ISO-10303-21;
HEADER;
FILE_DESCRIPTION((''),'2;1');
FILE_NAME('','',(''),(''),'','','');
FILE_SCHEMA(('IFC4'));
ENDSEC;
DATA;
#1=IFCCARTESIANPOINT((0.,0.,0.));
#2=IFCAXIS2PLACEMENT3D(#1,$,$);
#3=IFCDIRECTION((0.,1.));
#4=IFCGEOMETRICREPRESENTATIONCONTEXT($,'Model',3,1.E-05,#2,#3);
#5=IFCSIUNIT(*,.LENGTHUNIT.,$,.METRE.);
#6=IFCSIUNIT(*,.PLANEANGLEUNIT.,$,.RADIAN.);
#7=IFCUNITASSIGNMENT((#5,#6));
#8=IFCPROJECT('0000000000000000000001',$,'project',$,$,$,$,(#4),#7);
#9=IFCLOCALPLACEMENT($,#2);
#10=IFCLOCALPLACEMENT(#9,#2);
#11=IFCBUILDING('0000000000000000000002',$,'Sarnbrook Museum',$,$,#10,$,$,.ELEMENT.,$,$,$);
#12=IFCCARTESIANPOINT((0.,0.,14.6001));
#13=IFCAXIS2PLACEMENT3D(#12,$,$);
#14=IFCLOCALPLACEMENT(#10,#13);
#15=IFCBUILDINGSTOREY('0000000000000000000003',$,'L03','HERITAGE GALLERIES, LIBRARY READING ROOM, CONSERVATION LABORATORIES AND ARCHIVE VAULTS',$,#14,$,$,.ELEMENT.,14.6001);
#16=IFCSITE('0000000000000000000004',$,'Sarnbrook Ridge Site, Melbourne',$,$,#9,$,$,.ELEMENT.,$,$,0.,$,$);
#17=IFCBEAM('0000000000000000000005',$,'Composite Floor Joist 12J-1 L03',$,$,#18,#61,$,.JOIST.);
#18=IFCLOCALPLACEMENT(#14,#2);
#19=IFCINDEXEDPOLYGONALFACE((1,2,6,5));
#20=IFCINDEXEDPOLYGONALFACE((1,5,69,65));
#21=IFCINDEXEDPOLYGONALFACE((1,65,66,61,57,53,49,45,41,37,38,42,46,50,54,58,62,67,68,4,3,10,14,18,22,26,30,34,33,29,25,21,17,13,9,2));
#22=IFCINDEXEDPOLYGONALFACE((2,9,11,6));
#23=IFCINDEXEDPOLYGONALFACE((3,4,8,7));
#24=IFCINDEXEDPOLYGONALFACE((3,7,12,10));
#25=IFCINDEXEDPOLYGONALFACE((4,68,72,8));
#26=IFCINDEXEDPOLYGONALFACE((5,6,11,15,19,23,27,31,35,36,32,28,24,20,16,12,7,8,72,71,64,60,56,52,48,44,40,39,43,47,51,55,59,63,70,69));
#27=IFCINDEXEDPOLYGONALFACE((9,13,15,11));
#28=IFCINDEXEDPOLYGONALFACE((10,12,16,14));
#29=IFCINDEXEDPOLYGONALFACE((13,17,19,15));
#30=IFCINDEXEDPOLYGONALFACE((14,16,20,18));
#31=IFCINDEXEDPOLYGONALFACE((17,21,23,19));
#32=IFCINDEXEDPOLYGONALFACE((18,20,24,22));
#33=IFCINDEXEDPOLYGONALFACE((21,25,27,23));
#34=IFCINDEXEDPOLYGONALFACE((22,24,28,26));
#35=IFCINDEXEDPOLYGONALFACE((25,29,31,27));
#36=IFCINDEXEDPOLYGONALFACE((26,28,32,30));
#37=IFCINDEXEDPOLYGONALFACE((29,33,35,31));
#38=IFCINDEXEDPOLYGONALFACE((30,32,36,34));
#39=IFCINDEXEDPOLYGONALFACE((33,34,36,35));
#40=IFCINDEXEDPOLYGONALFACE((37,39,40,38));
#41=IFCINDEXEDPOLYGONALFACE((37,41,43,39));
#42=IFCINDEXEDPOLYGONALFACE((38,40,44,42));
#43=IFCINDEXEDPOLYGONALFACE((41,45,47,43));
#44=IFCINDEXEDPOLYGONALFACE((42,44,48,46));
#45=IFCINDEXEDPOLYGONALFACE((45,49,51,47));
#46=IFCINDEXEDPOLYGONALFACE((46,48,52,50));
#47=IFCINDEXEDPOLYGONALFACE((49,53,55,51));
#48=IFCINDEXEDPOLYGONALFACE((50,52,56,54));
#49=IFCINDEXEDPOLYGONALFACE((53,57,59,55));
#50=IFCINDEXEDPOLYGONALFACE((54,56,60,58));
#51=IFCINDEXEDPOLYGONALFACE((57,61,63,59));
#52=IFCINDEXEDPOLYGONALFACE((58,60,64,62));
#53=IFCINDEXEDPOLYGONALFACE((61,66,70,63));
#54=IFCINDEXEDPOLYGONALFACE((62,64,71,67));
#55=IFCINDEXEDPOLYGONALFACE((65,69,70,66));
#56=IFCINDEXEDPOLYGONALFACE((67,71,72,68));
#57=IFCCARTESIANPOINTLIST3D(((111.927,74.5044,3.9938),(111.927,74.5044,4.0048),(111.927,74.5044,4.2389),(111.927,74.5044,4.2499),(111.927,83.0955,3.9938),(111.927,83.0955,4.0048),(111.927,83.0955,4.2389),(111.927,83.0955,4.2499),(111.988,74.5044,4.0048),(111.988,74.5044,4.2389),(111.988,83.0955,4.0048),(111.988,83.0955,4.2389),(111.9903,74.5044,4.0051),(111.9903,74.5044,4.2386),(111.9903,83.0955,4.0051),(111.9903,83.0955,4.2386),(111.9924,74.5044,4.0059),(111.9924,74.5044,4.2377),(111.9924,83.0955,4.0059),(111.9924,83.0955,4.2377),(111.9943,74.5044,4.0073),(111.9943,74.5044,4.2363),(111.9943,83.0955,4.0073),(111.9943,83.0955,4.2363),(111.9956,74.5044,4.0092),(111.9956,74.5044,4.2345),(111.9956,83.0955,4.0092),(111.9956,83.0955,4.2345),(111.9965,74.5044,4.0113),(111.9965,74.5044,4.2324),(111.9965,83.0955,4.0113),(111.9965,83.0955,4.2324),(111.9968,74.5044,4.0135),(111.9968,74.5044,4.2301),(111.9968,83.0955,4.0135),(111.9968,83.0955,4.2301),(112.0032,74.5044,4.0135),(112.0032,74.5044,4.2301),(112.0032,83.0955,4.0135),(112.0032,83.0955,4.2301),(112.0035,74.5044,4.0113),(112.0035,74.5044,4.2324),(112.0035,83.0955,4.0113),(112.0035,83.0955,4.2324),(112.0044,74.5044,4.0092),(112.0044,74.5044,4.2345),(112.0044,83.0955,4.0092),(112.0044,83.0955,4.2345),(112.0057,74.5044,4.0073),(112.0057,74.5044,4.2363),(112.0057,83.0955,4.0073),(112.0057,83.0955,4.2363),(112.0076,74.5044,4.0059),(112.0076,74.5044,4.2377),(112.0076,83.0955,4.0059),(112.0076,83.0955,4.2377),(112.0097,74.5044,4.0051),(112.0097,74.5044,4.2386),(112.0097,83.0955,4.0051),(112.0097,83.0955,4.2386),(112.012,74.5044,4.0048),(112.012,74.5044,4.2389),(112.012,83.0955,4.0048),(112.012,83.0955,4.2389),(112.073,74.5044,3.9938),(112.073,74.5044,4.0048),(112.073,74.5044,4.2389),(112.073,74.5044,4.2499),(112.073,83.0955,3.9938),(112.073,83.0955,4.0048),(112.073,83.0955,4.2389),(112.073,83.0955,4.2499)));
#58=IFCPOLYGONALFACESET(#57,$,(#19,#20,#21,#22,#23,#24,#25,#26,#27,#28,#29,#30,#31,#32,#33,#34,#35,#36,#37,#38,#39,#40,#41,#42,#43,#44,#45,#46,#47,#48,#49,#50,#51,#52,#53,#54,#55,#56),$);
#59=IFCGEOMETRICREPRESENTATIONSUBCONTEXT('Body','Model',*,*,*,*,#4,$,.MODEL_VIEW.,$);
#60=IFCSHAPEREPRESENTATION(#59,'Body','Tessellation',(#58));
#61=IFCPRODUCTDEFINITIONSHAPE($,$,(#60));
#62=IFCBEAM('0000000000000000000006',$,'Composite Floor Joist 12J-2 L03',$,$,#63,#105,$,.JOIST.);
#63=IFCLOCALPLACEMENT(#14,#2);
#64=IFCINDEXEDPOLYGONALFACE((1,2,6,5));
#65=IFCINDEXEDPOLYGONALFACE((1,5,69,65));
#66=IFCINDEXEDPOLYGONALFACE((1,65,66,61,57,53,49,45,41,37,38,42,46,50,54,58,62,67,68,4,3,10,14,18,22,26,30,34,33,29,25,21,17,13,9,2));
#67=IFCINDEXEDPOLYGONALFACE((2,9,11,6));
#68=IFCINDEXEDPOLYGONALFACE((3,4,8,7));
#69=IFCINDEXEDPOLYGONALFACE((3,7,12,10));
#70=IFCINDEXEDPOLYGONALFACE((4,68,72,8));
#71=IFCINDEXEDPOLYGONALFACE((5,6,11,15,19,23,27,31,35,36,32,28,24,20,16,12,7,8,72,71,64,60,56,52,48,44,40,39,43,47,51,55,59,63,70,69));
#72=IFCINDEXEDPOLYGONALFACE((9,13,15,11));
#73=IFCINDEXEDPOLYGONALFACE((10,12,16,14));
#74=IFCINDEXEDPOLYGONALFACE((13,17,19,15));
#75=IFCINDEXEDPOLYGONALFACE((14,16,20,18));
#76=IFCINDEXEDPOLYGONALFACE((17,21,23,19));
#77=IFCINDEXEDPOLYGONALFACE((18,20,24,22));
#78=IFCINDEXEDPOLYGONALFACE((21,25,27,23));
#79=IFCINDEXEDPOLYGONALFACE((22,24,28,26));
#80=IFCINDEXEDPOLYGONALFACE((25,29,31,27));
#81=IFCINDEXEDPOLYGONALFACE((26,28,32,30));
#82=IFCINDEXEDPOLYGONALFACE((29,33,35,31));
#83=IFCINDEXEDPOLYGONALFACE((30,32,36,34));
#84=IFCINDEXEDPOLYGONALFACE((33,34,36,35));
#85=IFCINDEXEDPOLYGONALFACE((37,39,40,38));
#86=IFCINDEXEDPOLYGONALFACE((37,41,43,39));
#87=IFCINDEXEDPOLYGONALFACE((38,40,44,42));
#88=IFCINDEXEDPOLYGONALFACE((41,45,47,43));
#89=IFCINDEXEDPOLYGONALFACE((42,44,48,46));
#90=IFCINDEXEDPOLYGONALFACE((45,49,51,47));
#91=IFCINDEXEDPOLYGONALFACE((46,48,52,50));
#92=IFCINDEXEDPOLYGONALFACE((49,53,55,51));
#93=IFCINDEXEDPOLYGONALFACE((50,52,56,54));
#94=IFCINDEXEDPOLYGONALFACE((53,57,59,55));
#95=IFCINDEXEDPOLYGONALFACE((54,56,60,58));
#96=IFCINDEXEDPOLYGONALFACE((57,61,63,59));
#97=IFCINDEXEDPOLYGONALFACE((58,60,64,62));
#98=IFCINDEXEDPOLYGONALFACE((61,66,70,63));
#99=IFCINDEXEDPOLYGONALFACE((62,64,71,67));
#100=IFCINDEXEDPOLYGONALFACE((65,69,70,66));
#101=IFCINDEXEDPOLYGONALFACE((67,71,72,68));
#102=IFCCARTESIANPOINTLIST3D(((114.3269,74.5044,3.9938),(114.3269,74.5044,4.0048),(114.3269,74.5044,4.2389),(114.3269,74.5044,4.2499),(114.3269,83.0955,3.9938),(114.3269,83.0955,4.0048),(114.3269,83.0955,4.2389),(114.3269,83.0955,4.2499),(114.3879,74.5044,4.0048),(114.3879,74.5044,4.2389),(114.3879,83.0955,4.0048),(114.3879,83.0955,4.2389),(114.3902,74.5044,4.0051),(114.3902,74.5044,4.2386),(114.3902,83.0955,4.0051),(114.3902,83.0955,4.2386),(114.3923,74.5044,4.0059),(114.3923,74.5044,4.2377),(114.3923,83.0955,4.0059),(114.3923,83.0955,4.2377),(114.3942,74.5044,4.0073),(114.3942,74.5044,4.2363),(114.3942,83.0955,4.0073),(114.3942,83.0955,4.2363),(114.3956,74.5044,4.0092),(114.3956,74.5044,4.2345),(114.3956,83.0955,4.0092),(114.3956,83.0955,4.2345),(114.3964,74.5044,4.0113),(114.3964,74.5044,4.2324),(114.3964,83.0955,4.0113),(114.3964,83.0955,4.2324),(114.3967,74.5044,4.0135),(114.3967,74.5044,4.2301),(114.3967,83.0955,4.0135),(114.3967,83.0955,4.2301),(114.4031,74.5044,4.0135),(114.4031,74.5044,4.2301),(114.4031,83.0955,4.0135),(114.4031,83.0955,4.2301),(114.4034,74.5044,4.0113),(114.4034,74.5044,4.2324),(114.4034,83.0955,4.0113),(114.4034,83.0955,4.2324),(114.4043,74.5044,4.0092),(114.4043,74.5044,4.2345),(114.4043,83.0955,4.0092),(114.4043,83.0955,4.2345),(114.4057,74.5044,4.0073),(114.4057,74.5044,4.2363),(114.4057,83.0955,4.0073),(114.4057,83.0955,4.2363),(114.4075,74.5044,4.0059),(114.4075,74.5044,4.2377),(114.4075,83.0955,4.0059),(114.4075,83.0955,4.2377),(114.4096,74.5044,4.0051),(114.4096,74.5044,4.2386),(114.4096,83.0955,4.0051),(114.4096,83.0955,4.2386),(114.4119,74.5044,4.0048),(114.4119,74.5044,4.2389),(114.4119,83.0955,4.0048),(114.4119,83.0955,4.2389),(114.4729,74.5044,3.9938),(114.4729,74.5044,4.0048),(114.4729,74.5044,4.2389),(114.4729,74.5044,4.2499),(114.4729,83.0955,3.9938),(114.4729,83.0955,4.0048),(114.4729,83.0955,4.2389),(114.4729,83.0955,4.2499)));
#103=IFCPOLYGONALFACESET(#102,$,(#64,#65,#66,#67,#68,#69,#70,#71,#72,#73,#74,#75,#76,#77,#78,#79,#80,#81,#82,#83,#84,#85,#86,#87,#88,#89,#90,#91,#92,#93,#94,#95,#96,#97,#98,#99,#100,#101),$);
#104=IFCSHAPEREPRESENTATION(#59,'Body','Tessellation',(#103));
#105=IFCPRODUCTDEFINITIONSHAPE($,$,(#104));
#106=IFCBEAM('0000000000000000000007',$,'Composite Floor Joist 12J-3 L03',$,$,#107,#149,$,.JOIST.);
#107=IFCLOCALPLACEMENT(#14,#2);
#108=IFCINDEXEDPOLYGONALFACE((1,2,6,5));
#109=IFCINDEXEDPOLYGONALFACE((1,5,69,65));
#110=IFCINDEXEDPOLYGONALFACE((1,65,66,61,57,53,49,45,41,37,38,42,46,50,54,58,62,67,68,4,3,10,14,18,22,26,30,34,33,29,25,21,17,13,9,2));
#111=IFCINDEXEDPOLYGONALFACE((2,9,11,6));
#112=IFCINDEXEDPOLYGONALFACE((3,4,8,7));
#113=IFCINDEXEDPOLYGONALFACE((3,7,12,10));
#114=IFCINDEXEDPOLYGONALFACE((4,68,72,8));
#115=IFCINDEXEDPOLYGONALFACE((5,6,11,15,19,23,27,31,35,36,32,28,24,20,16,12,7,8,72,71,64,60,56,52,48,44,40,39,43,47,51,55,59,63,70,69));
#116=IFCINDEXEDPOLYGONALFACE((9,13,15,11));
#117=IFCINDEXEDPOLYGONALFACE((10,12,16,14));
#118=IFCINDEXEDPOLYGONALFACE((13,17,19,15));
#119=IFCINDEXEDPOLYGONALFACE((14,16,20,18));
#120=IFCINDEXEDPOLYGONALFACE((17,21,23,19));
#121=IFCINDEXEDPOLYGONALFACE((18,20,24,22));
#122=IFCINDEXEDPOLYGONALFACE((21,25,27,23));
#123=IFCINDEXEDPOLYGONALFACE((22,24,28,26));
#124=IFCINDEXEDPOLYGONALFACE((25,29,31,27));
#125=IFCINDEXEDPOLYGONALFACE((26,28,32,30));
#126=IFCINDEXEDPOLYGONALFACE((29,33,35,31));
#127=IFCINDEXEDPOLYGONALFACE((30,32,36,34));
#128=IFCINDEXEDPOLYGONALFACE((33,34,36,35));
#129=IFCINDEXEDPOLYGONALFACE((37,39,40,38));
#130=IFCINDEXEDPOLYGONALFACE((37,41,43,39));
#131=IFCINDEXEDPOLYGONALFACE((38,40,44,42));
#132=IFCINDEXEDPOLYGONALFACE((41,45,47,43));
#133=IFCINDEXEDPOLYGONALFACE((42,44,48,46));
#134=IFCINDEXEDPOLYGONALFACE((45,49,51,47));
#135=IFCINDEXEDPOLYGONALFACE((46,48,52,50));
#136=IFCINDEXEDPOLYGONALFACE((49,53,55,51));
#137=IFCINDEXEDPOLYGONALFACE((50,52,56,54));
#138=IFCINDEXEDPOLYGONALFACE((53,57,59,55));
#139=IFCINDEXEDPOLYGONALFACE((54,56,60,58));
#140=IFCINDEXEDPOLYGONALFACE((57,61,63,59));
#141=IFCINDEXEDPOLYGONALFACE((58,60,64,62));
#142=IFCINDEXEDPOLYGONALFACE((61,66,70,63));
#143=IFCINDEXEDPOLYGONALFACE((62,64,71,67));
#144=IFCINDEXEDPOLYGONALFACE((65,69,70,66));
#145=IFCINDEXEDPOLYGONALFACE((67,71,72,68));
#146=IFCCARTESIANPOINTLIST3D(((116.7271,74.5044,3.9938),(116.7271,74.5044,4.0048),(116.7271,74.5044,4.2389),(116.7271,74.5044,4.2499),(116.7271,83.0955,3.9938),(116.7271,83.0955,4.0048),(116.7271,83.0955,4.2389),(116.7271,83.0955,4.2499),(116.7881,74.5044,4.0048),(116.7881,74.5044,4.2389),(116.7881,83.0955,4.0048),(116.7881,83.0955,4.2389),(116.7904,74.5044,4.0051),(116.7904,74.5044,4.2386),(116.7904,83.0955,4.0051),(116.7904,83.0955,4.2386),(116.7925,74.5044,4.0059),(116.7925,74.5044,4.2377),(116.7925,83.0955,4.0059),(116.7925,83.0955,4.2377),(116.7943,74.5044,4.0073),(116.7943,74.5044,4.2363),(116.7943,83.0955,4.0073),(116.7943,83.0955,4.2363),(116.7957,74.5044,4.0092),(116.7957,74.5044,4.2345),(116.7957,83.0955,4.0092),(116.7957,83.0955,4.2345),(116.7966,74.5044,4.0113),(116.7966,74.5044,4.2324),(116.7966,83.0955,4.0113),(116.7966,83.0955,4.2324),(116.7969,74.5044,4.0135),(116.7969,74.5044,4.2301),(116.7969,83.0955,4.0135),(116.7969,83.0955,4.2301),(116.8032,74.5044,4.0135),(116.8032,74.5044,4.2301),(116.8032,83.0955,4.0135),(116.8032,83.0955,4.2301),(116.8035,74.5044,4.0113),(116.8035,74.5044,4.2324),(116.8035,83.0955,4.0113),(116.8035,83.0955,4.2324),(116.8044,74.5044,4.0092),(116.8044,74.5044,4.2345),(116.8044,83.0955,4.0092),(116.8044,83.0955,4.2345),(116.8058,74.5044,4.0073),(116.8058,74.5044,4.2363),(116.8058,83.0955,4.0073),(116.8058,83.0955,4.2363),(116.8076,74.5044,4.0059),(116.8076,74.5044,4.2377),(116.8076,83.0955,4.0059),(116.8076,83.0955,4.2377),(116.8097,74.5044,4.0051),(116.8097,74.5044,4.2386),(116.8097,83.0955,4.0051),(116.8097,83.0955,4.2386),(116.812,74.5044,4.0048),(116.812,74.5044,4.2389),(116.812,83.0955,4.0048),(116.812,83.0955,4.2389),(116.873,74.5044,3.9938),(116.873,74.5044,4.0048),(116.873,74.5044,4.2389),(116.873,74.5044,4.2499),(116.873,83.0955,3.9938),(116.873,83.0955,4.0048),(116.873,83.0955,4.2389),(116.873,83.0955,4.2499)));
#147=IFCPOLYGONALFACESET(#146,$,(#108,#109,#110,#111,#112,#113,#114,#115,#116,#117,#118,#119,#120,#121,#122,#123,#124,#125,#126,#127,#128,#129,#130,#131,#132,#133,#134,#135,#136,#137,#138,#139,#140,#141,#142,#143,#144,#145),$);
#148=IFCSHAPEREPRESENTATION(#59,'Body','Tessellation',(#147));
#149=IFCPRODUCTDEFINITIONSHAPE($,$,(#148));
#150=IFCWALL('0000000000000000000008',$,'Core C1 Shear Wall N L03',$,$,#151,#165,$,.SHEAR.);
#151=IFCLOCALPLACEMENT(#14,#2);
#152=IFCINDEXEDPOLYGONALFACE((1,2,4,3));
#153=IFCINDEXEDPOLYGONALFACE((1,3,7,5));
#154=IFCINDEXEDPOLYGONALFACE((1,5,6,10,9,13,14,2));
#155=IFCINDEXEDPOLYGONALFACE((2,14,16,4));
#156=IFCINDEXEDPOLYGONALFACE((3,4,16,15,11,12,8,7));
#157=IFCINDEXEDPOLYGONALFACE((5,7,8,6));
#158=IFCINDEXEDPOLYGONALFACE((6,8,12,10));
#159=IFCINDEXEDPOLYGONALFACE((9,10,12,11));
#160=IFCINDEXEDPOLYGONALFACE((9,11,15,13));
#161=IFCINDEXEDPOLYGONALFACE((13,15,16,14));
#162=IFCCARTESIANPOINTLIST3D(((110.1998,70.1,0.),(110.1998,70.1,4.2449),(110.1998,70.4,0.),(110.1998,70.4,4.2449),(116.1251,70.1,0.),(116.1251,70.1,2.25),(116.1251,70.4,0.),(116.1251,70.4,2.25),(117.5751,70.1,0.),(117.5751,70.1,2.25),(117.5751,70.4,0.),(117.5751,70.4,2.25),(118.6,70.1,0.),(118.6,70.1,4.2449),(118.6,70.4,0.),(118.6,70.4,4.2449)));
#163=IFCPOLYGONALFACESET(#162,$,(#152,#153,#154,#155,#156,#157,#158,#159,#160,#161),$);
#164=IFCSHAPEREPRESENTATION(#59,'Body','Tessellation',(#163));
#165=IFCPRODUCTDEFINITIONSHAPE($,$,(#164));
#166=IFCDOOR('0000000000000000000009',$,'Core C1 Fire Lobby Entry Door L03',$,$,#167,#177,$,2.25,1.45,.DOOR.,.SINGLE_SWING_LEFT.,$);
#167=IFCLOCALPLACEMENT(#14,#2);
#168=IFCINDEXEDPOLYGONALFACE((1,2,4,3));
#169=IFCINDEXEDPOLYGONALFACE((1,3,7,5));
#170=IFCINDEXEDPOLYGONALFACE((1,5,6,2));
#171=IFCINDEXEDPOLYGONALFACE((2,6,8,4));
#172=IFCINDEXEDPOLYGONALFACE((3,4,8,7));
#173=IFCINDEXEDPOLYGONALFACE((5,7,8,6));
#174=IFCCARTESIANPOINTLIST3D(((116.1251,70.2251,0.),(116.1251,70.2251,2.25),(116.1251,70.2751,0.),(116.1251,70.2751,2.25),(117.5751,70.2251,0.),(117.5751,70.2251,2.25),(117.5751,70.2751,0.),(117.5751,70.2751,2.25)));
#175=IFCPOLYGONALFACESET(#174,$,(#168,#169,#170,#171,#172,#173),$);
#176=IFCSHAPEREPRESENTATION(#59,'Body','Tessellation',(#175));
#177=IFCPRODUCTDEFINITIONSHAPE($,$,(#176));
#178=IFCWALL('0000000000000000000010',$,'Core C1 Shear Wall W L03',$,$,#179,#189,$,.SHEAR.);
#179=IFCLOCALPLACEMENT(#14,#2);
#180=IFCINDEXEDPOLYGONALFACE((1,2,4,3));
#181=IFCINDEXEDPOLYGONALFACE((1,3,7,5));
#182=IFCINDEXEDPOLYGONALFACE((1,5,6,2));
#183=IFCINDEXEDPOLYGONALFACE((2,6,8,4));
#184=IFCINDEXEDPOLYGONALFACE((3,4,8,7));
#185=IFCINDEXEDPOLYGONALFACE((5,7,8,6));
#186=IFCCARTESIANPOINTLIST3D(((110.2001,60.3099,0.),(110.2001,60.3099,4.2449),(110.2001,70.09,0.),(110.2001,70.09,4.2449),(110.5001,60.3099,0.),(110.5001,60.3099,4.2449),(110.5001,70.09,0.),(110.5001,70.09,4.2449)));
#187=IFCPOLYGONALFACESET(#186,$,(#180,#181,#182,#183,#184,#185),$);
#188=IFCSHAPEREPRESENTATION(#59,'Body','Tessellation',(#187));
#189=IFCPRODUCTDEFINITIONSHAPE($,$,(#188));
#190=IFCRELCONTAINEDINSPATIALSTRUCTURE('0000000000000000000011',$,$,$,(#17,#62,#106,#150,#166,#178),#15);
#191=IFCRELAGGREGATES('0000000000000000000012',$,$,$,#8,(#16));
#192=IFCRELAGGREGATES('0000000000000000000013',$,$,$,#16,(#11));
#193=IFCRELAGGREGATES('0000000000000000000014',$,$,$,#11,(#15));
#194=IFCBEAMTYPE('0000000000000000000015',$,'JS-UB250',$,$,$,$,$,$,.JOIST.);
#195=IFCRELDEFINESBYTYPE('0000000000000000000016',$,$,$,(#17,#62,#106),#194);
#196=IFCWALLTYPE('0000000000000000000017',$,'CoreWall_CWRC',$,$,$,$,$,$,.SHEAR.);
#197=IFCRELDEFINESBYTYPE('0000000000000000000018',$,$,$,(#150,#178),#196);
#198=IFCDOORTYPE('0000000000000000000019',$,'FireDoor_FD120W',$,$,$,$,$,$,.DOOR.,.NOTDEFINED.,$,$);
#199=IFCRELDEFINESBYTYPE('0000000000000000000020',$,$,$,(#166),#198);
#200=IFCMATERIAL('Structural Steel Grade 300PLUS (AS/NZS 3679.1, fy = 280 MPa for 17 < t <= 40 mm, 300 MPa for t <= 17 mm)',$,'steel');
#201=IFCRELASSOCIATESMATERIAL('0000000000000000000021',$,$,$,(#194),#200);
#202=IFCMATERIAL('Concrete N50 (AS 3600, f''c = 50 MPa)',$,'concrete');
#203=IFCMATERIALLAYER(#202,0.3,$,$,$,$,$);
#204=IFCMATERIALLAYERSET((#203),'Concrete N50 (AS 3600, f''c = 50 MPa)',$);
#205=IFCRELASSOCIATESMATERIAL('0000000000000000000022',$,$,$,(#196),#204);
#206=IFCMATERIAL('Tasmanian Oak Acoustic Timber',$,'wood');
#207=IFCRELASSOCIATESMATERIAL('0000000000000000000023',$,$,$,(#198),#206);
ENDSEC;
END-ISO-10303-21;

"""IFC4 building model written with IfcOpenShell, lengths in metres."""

from ifc_helpers import new_model, si_unit, direction, frame, frame_2d, origin, origin_2d, place, context, subcontext, project, spatial, rectangle, i_section, extrude, material, layer, layer_set, material_profile, profile_set, type_object, element, fill, save


model = new_model("IFC4")

# Units and contexts
model_context = context("Model", 3, precision=1e-05, world=origin(), true_north=direction((0.0, 1.0)))
body_context = subcontext(model_context, "Body", "Model", "MODEL_VIEW")
ifc_project = project(units=[si_unit("LENGTHUNIT", "METRE"), si_unit("PLANEANGLEUNIT", "RADIAN")], contexts=[model_context])

# Site, building, storey
site_placement = place(None, origin())
site = spatial("IfcSite", under=ifc_project, at=site_placement, Name="Sarnbrook Ridge Site, Melbourne", CompositionType="ELEMENT", RefElevation=0.0)
building_placement = place(site_placement, origin())
building = spatial("IfcBuilding", under=site, at=building_placement, Name="Sarnbrook Museum", CompositionType="ELEMENT")
storey_placement = place(building_placement, frame((0.0, 0.0, 14.6001)))
storey = spatial("IfcBuildingStorey", under=building, at=storey_placement, Name="L03", Description="HERITAGE GALLERIES, LIBRARY READING ROOM, CONSERVATION LABORATORIES AND ARCHIVE VAULTS", CompositionType="ELEMENT", Elevation=14.6001)

# Beams
ifc_material_1 = material(Name="Structural Steel Grade 300PLUS (AS/NZS 3679.1, fy = 280 MPa for 17 < t <= 40 mm, 300 MPa for t <= 17 mm)", Category="steel")
ifc_material_profile_1 = material_profile(ifc_material_1, i_section(OverallWidth=0.146, OverallDepth=0.2561, WebThickness=0.0063, FlangeThickness=0.011, FilletRadius=0.0088, at=origin_2d()), Name="250UB37.3")
ifc_profile_set_1 = profile_set([ifc_material_profile_1], Name="Structural Steel Grade 300PLUS (AS/NZS 3679.1, fy = 280 MPa for 17 < t <= 40 mm, 300 MPa for t <= 17 mm)")
beam_type_1 = type_object("IfcBeamType", Name="JS-UB250", PredefinedType="JOIST", material=ifc_profile_set_1)
for number, where, z_axis, x_axis, name in (
    (1, (112.0, 74.5044, 4.1218), (0.0, 1.0, 0.0), (-1.0, 0.0, 0.0), "Composite Floor Joist 12J-1 L03"),
    (2, (114.3999, 74.5044, 4.1218), (0.0, 1.0, 0.0), (-1.0, 0.0, 0.0), "Composite Floor Joist 12J-2 L03"),
    (3, (116.8, 74.5044, 4.1218), (0.0, 1.0, 0.0), (-1.0, 0.0, 0.0), "Composite Floor Joist 12J-3 L03"),
):
    element("IfcBeam", number, at=place(storey_placement, frame(where, z_axis=z_axis, x_axis=x_axis)), inside=storey, type_object=beam_type_1, Name=name, PredefinedType="JOIST", context=body_context, shape_type="SweptSolid", body=[
        extrude(i_section(OverallWidth=0.146, OverallDepth=0.2561, WebThickness=0.0063, FlangeThickness=0.011, FilletRadius=0.0088, at=origin_2d()), origin(), (0.0, 0.0, 1.0), 8.5911),
    ])

# Wall, opening, door
ifc_material_2 = material(Name="Concrete N50 (AS 3600, f'c = 50 MPa)", Category="concrete")
ifc_layer_1 = layer(ifc_material_2, 0.3)
ifc_layer_set_1 = layer_set([ifc_layer_1], Name="Concrete N50 (AS 3600, f'c = 50 MPa)")
wall_type_1 = type_object("IfcWallType", Name="CoreWall_CWRC", PredefinedType="SHEAR", material=ifc_layer_set_1)
wall_1_placement = place(storey_placement, frame((118.6001, 70.25, 0.0), z_axis=(0.0, 0.0, 1.0), x_axis=(-1.0, 0.0, 0.0)))
wall_1 = element("IfcWall", 4, at=wall_1_placement, inside=storey, type_object=wall_type_1, Name="Core C1 Shear Wall N L03", PredefinedType="SHEAR", context=body_context, shape_type="SweptSolid", body=[
    extrude(rectangle(XDim=8.4001, YDim=0.3, at=frame_2d((4.2002, 0.0))), origin(), (0.0, 0.0, 1.0), 4.2449),
])
opening_1_placement = place(wall_1_placement, frame((1.0249, 0.0, 0.0)))
opening_1 = element("IfcOpeningElement", 5, at=opening_1_placement, cuts=wall_1, PredefinedType="OPENING", context=body_context, shape_type="SweptSolid", body=[
    extrude(rectangle(XDim=1.45, YDim=2.25, at=frame_2d((0.7251, 1.125))), frame((0.0, 0.1602, 0.0), z_axis=(0.0, -1.0, 0.0), x_axis=(1.0, 0.0, 0.0)), (0.0, 0.0, 1.0), 0.3201),
])
ifc_material_3 = material(Name="Tasmanian Oak Acoustic Timber", Category="wood")
door_type_1 = type_object("IfcDoorType", Name="FireDoor_FD120W", OperationType="NOTDEFINED", PredefinedType="DOOR", material=ifc_material_3)
door_1_placement = place(opening_1_placement, origin())
door_1 = element("IfcDoor", 6, at=door_1_placement, inside=storey, type_object=door_type_1, Name="Core C1 Fire Lobby Entry Door L03", OperationType="SINGLE_SWING_LEFT", OverallHeight=2.25, OverallWidth=1.45, PredefinedType="DOOR", context=body_context, shape_type="SweptSolid", body=[
    extrude(rectangle(XDim=1.45, YDim=2.25, at=frame_2d((0.7251, 1.125))), frame((0.0, 0.0249, 0.0), z_axis=(0.0, -1.0, 0.0), x_axis=(1.0, 0.0, 0.0)), (0.0, 0.0, 1.0), 0.05),
])
fill(opening_1, door_1)

# Wall
wall_2_placement = place(storey_placement, frame((110.3501, 70.0901, 0.0), z_axis=(0.0, 0.0, 1.0), x_axis=(0.0, -1.0, 0.0)))
element("IfcWall", 7, at=wall_2_placement, inside=storey, type_object=wall_type_1, Name="Core C1 Shear Wall W L03", PredefinedType="SHEAR", context=body_context, shape_type="SweptSolid", body=[
    extrude(rectangle(XDim=9.78, YDim=0.3, at=frame_2d((4.8901, 0.0))), origin(), (0.0, 0.0, 1.0), 4.2449),
])

save(model, "model.ifc")
